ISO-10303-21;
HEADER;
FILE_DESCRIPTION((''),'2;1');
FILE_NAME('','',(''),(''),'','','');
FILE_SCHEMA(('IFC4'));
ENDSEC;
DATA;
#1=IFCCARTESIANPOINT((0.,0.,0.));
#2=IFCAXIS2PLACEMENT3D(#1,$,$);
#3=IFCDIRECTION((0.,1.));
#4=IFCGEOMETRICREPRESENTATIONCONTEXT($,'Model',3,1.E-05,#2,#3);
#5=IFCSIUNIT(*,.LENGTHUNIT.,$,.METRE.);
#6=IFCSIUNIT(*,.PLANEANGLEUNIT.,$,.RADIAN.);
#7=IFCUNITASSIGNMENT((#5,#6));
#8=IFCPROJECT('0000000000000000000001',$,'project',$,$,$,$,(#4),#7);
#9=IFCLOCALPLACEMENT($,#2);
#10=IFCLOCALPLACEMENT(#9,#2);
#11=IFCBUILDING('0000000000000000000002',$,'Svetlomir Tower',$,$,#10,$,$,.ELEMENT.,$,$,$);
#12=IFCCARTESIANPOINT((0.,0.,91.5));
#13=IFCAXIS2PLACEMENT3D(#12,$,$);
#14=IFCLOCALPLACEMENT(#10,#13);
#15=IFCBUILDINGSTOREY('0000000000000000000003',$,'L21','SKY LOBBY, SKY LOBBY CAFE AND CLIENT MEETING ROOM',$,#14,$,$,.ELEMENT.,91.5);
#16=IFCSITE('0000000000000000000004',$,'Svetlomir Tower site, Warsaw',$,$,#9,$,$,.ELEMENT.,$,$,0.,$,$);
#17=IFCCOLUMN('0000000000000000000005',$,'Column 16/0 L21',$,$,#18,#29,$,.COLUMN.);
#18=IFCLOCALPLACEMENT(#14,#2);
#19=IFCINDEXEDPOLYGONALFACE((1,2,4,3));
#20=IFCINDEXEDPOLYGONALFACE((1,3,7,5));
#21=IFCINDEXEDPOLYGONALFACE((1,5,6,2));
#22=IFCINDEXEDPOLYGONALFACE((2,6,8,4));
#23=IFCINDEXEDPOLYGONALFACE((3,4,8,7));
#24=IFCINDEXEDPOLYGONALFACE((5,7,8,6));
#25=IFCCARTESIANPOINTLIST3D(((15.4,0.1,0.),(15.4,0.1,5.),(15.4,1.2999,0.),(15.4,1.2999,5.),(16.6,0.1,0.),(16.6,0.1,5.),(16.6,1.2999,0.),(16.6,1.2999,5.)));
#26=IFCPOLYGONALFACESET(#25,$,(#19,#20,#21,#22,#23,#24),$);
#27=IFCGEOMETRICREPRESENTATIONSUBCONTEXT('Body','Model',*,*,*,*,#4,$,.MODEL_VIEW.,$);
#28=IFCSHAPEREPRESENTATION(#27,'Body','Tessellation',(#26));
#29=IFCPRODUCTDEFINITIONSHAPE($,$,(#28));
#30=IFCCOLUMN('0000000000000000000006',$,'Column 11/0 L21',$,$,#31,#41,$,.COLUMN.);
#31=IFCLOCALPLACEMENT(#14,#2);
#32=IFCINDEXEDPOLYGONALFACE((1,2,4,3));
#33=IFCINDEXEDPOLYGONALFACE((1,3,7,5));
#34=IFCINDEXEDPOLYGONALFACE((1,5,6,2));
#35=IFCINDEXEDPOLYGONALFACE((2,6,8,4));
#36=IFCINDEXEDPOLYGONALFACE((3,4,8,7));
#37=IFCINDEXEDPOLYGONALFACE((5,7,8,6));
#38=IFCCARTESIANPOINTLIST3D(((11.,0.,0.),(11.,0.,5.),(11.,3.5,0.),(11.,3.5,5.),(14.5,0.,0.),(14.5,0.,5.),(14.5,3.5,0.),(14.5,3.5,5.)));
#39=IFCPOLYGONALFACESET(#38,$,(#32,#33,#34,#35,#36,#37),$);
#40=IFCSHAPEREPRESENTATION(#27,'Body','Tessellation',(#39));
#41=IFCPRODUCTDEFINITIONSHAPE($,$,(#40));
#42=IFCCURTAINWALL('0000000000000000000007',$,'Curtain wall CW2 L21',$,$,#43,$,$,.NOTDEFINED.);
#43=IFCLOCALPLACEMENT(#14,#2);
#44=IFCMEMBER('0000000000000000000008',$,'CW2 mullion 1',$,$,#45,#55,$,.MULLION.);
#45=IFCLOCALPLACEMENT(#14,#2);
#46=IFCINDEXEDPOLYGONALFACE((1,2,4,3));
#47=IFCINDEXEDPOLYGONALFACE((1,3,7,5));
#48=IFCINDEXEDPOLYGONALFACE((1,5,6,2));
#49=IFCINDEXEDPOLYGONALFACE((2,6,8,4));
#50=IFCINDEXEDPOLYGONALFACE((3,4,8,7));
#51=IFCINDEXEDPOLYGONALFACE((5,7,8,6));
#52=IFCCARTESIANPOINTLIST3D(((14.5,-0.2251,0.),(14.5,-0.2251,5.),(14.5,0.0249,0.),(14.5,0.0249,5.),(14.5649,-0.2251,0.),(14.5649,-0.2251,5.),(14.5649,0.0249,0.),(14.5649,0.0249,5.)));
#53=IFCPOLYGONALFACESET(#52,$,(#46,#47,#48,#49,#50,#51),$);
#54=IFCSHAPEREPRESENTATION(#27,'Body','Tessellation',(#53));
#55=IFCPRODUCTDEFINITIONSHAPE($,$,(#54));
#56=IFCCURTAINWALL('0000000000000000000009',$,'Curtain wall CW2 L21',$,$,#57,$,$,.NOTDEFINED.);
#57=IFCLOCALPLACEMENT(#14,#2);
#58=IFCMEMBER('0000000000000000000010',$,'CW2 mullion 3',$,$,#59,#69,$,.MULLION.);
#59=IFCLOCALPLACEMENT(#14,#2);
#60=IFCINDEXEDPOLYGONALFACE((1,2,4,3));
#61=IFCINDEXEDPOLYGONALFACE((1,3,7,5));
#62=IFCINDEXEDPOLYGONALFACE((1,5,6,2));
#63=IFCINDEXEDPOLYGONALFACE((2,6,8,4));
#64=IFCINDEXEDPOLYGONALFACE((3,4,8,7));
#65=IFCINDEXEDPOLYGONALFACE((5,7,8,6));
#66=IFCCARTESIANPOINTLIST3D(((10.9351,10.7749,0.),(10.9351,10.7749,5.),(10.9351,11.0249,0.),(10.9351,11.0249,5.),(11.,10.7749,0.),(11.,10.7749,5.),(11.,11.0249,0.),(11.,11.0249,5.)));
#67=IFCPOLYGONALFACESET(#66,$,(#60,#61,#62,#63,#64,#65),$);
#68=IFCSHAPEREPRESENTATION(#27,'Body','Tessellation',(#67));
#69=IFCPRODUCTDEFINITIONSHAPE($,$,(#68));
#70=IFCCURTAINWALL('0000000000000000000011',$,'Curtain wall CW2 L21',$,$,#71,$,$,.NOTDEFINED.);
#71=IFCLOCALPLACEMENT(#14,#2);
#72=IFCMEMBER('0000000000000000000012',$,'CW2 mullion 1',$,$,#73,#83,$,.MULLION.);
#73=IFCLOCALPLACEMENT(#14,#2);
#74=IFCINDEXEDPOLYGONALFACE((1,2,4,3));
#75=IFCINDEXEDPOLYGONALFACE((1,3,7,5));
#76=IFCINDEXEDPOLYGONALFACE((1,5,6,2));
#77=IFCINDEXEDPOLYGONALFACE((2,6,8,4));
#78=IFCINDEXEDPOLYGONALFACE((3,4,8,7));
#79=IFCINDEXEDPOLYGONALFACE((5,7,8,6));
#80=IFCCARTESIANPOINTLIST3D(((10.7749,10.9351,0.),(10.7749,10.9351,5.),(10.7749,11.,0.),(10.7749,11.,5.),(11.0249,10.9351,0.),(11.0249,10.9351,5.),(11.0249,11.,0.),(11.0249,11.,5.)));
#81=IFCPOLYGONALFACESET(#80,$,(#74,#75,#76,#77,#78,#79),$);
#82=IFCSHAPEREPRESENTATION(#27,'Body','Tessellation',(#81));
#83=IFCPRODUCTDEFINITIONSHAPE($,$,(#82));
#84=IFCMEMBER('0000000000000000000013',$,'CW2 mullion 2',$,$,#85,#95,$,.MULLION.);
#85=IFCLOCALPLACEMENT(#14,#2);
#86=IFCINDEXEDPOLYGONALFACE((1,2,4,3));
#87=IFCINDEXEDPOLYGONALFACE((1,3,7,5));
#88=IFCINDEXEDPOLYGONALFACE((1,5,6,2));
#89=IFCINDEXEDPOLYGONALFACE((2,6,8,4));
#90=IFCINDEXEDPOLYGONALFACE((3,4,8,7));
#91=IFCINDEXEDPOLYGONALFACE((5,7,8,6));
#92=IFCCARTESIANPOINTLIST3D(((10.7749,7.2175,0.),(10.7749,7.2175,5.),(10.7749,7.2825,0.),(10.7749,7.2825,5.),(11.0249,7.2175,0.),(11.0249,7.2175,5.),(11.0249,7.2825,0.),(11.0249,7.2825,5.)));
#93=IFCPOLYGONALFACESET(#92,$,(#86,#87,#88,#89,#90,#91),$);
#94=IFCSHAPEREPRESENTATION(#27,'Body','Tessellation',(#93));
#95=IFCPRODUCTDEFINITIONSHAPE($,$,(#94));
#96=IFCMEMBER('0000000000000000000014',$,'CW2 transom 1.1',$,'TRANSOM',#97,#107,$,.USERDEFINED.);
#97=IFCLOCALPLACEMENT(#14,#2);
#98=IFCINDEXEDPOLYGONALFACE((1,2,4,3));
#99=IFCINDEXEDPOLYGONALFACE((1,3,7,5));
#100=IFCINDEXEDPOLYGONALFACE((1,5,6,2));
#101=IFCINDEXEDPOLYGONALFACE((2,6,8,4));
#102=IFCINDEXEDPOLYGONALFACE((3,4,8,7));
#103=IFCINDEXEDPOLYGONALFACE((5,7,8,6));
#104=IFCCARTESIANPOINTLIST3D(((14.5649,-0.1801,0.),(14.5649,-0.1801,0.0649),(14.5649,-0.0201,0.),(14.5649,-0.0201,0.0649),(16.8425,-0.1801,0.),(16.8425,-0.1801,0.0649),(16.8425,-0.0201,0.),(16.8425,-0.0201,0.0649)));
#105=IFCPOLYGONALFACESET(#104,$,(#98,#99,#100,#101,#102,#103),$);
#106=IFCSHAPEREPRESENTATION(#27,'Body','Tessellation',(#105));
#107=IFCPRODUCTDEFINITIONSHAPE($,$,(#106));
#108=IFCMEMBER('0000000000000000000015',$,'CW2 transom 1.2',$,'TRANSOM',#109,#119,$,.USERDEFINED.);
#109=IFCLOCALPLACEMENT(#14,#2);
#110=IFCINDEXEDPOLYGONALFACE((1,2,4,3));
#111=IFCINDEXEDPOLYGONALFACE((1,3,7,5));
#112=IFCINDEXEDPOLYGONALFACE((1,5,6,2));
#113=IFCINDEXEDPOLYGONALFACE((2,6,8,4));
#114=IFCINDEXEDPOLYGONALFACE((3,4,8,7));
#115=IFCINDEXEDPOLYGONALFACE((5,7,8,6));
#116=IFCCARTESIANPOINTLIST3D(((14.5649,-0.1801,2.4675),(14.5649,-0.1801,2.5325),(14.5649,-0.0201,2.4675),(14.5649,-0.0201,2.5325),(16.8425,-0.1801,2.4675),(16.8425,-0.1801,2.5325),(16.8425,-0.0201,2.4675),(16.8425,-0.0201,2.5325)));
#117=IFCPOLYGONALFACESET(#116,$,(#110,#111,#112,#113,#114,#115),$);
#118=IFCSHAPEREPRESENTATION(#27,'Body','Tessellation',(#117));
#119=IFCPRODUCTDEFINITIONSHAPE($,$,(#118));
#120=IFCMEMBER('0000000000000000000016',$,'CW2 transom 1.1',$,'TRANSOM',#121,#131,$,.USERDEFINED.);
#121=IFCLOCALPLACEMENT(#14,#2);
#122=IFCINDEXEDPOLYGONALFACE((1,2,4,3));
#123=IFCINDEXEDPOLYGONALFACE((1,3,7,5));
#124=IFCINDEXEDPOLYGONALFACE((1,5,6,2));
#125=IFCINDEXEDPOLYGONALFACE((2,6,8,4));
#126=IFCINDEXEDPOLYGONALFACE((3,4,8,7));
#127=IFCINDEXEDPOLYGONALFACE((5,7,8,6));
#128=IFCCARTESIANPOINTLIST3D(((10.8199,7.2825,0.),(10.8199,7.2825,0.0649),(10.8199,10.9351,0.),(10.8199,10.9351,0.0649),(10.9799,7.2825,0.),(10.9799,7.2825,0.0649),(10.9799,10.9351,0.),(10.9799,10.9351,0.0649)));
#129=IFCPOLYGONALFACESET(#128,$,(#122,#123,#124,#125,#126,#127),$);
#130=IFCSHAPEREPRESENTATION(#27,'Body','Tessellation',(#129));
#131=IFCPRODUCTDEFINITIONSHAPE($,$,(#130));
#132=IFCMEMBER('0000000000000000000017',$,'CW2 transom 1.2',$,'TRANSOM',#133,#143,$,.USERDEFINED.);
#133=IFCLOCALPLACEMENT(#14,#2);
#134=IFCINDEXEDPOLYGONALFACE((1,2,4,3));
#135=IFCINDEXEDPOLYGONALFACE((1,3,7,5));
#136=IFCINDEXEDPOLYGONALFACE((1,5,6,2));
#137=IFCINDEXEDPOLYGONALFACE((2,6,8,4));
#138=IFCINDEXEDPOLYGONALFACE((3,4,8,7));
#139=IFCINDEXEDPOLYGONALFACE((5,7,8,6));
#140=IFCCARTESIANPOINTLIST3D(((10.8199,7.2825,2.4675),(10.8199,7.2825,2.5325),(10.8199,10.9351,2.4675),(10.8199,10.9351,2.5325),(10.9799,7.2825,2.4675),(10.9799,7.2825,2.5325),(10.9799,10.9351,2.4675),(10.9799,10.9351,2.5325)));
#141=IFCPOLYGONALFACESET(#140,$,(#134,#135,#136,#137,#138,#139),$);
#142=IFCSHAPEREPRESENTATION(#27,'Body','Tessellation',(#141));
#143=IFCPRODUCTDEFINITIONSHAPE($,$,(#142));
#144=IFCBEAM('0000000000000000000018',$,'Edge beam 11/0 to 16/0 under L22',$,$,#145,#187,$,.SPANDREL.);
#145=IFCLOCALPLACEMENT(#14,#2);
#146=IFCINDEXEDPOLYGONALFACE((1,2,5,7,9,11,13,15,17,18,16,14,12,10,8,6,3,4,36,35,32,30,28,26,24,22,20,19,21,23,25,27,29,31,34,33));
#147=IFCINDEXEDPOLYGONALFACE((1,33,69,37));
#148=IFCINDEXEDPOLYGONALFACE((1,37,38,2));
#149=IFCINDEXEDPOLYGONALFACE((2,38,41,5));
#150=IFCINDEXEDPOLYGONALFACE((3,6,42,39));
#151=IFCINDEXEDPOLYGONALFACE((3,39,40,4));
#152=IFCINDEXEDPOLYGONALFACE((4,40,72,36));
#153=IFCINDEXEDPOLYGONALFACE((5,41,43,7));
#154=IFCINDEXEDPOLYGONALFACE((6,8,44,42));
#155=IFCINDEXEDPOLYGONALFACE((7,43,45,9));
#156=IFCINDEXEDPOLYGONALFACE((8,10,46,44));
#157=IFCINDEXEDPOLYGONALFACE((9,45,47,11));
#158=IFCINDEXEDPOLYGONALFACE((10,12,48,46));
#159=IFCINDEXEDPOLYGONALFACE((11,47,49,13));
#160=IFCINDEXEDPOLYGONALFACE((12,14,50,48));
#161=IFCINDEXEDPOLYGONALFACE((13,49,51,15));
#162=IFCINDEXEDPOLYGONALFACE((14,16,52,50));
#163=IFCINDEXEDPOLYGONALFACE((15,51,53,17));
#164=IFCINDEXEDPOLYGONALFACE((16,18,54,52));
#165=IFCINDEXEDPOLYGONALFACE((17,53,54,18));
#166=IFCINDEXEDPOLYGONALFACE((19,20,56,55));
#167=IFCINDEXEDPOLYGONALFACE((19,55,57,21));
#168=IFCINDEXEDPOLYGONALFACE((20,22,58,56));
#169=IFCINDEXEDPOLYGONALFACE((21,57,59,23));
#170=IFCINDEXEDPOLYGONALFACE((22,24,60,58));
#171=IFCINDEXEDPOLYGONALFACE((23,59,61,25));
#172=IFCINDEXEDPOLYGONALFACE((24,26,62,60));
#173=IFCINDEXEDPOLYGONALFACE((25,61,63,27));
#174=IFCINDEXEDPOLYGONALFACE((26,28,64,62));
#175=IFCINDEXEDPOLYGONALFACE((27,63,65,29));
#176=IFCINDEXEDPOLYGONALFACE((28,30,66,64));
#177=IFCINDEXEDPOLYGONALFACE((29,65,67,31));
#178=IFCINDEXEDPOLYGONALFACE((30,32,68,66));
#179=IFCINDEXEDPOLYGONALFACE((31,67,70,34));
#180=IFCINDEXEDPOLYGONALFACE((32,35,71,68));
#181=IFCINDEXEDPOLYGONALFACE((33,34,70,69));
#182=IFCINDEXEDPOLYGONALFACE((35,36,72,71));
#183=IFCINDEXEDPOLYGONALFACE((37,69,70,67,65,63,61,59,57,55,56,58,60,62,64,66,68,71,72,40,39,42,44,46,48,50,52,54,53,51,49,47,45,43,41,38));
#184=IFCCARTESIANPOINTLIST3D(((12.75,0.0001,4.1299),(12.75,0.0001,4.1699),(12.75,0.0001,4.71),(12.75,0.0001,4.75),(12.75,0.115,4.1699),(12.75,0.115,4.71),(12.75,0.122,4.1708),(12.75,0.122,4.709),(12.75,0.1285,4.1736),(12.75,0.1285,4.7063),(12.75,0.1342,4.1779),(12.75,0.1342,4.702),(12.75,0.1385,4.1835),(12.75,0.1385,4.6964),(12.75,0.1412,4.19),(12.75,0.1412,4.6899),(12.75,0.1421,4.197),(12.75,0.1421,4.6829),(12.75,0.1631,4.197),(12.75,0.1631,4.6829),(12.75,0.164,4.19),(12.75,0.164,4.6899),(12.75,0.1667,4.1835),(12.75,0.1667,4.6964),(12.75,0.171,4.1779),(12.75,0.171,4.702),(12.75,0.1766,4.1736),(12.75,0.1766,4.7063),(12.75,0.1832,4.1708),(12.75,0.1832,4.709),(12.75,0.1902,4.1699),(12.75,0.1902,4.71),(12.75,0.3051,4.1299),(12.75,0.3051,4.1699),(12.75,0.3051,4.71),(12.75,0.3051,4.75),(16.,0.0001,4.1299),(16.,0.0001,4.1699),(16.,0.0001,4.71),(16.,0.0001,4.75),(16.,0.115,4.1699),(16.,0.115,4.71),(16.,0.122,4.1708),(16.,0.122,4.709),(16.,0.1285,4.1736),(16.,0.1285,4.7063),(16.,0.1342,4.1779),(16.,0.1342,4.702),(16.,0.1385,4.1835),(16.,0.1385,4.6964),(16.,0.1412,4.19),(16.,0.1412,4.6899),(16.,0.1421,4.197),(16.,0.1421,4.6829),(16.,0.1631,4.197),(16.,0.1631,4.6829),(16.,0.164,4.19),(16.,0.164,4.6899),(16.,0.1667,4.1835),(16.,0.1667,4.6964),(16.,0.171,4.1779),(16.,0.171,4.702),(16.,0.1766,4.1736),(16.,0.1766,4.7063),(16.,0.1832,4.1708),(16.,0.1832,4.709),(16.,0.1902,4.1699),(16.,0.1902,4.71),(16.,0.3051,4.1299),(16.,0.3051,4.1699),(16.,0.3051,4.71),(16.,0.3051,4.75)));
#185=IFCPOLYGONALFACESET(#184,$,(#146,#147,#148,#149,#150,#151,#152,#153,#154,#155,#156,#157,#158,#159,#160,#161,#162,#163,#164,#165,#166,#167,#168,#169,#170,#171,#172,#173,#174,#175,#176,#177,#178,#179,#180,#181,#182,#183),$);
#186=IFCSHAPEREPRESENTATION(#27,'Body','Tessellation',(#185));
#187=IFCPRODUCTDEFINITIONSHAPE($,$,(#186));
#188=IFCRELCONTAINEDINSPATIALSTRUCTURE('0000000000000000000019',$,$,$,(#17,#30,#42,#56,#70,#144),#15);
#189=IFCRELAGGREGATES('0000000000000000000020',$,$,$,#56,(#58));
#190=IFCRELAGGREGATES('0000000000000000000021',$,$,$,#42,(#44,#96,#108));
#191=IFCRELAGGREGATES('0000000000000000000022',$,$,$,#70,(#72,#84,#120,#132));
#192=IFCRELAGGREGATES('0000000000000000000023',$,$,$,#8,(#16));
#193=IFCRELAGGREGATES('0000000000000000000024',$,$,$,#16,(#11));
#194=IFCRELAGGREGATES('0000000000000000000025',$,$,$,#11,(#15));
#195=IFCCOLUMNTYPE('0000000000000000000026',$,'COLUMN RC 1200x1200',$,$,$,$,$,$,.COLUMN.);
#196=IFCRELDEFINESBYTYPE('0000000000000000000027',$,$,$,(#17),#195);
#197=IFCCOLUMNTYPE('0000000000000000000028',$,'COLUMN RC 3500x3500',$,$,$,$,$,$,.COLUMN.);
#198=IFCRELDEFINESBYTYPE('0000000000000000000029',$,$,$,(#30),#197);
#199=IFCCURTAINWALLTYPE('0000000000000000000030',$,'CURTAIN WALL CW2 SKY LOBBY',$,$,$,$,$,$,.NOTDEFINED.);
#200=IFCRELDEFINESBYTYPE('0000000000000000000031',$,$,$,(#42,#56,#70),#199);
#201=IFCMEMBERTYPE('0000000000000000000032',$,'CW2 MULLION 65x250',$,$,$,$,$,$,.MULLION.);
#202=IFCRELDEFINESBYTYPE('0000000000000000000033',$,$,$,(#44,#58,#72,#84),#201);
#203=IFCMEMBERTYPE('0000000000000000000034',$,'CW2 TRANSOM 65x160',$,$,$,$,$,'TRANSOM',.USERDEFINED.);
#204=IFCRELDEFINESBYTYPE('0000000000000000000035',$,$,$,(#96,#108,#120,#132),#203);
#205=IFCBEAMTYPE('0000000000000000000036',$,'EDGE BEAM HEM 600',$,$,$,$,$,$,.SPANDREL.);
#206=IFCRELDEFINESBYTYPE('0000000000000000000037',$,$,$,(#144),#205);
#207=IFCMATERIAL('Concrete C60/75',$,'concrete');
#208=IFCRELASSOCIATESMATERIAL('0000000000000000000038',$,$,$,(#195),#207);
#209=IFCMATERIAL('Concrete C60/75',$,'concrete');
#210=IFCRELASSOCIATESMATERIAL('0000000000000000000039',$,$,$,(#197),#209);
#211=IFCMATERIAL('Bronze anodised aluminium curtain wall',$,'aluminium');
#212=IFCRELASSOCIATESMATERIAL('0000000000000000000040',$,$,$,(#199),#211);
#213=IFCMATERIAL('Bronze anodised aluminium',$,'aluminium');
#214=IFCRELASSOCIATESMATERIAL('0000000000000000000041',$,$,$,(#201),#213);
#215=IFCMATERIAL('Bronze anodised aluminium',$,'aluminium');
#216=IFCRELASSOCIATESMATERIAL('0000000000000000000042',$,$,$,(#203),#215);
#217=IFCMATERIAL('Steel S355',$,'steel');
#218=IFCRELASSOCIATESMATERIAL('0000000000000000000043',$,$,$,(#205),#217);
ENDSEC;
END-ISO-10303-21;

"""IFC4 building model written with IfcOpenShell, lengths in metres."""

from ifc_helpers import new_model, si_unit, direction, frame, origin, origin_2d, place, context, subcontext, project, spatial, rectangle, i_section, extrude, material, material_profile, profile_set, type_object, element, aggregate, save


model = new_model("IFC4")

# Units and contexts
model_context = context("Model", 3, precision=1e-05, world=origin(), true_north=direction((0.0, 1.0)))
body_context = subcontext(model_context, "Body", "Model", "MODEL_VIEW")
ifc_project = project(units=[si_unit("LENGTHUNIT", "METRE"), si_unit("PLANEANGLEUNIT", "RADIAN")], contexts=[model_context])

# Site, building, storey
site_placement = place(None, origin())
site = spatial("IfcSite", under=ifc_project, at=site_placement, Name="Svetlomir Tower site, Warsaw", CompositionType="ELEMENT", RefElevation=0.0)
building_placement = place(site_placement, origin())
building = spatial("IfcBuilding", under=site, at=building_placement, Name="Svetlomir Tower", CompositionType="ELEMENT")
storey_placement = place(building_placement, frame((0.0, 0.0, 91.5)))
storey = spatial("IfcBuildingStorey", under=building, at=storey_placement, Name="L21", Description="SKY LOBBY, SKY LOBBY CAFE AND CLIENT MEETING ROOM", CompositionType="ELEMENT", Elevation=91.5)

# Columns
ifc_material_1 = material(Name="Concrete C60/75", Category="concrete")
ifc_material_profile_1 = material_profile(ifc_material_1, rectangle(XDim=1.2, YDim=1.2, at=origin_2d()), Name="RC 1200x1200")
ifc_profile_set_1 = profile_set([ifc_material_profile_1], Name="Concrete C60/75")
column_type_1 = type_object("IfcColumnType", Name="COLUMN RC 1200x1200", PredefinedType="COLUMN", material=ifc_profile_set_1)
column_1_placement = place(storey_placement, frame((16.0, 0.7, 0.0), z_axis=(0.0, 0.0, 1.0), x_axis=(1.0, 0.0, 0.0)))
element("IfcColumn", 1, at=column_1_placement, inside=storey, type_object=column_type_1, Name="Column 16/0 L21", PredefinedType="COLUMN", context=body_context, shape_type="SweptSolid", body=[
    extrude(rectangle(XDim=1.2, YDim=1.2, at=origin_2d()), origin(), (0.0, 0.0, 1.0), 5.0),
])
ifc_material_2 = material(Name="Concrete C60/75", Category="concrete")
ifc_material_profile_2 = material_profile(ifc_material_2, rectangle(XDim=3.5, YDim=3.5, at=origin_2d()), Name="RC 3500x3500")
ifc_profile_set_2 = profile_set([ifc_material_profile_2], Name="Concrete C60/75")
column_type_2 = type_object("IfcColumnType", Name="COLUMN RC 3500x3500", PredefinedType="COLUMN", material=ifc_profile_set_2)
column_2_placement = place(storey_placement, frame((12.75, 1.75, 0.0), z_axis=(0.0, 0.0, 1.0), x_axis=(1.0, 0.0, 0.0)))
element("IfcColumn", 2, at=column_2_placement, inside=storey, type_object=column_type_2, Name="Column 11/0 L21", PredefinedType="COLUMN", context=body_context, shape_type="SweptSolid", body=[
    extrude(rectangle(XDim=3.5, YDim=3.5, at=origin_2d()), origin(), (0.0, 0.0, 1.0), 5.0),
])

# Curtain walls, members
ifc_material_3 = material(Name="Bronze anodised aluminium curtain wall", Category="aluminium")
curtain_wall_type = type_object("IfcCurtainWallType", Name="CURTAIN WALL CW2 SKY LOBBY", PredefinedType="NOTDEFINED", material=ifc_material_3)
curtain_wall_1_placement = place(storey_placement, origin())
curtain_wall_1 = element("IfcCurtainWall", 3, at=curtain_wall_1_placement, inside=storey, type_object=curtain_wall_type, Name="Curtain wall CW2 L21", PredefinedType="NOTDEFINED")
ifc_material_4 = material(Name="Bronze anodised aluminium", Category="aluminium")
ifc_material_profile_3 = material_profile(ifc_material_4, rectangle(XDim=0.0649, YDim=0.25, at=origin_2d()), Name="AL 65x250")
ifc_profile_set_3 = profile_set([ifc_material_profile_3], Name="Bronze anodised aluminium 6063-T6")
member_type_1 = type_object("IfcMemberType", Name="CW2 MULLION 65x250", PredefinedType="MULLION", material=ifc_profile_set_3)
member_1_placement = place(storey_placement, frame((14.5325, -0.1001, 0.0), z_axis=(0.0, 0.0, 1.0), x_axis=(1.0, 0.0, 0.0)))
member_1 = element("IfcMember", 4, at=member_1_placement, type_object=member_type_1, Name="CW2 mullion 1", PredefinedType="MULLION", context=body_context, shape_type="SweptSolid", body=[
    extrude(rectangle(XDim=0.0649, YDim=0.25, at=origin_2d()), origin(), (0.0, 0.0, 1.0), 5.0),
])
curtain_wall_2_placement = place(storey_placement, origin())
curtain_wall_2 = element("IfcCurtainWall", 5, at=curtain_wall_2_placement, inside=storey, type_object=curtain_wall_type, Name="Curtain wall CW2 L21", PredefinedType="NOTDEFINED")
member_2_placement = place(storey_placement, frame((10.9675, 10.8999, 0.0), z_axis=(0.0, 0.0, 1.0), x_axis=(1.0, 0.0, 0.0)))
member_2 = element("IfcMember", 6, at=member_2_placement, type_object=member_type_1, Name="CW2 mullion 3", PredefinedType="MULLION", context=body_context, shape_type="SweptSolid", body=[
    extrude(rectangle(XDim=0.0649, YDim=0.25, at=origin_2d()), origin(), (0.0, 0.0, 1.0), 5.0),
])
aggregate(curtain_wall_2, [member_2])

# Curtain wall, members
curtain_wall_3_placement = place(storey_placement, origin())
curtain_wall_3 = element("IfcCurtainWall", 7, at=curtain_wall_3_placement, inside=storey, type_object=curtain_wall_type, Name="Curtain wall CW2 L21", PredefinedType="NOTDEFINED")
member_3_placement = place(storey_placement, frame((10.8999, 10.9675, 0.0), z_axis=(0.0, 0.0, 1.0), x_axis=(0.0, -1.0, 0.0)))
member_3 = element("IfcMember", 8, at=member_3_placement, type_object=member_type_1, Name="CW2 mullion 1", PredefinedType="MULLION", context=body_context, shape_type="SweptSolid", body=[
    extrude(rectangle(XDim=0.0649, YDim=0.25, at=origin_2d()), origin(), (0.0, 0.0, 1.0), 5.0),
])
member_4_placement = place(storey_placement, frame((10.8999, 7.25, 0.0), z_axis=(0.0, 0.0, 1.0), x_axis=(0.0, -1.0, 0.0)))
member_4 = element("IfcMember", 9, at=member_4_placement, type_object=member_type_1, Name="CW2 mullion 2", PredefinedType="MULLION", context=body_context, shape_type="SweptSolid", body=[
    extrude(rectangle(XDim=0.0649, YDim=0.25, at=origin_2d()), origin(), (0.0, 0.0, 1.0), 5.0),
])

# Members
ifc_material_5 = material(Name="Bronze anodised aluminium", Category="aluminium")
ifc_material_profile_4 = material_profile(ifc_material_5, rectangle(XDim=0.1599, YDim=0.0649, at=origin_2d()), Name="AL 160x65")
ifc_profile_set_4 = profile_set([ifc_material_profile_4], Name="Bronze anodised aluminium 6063-T6")
member_type_2 = type_object("IfcMemberType", Name="CW2 TRANSOM 65x160", ElementType="TRANSOM", PredefinedType="USERDEFINED", material=ifc_profile_set_4)
member_5_placement = place(storey_placement, frame((14.5649, -0.1001, 0.0325), z_axis=(1.0, 0.0, 0.0), x_axis=(0.0, 1.0, 0.0)))
member_5 = element("IfcMember", 10, at=member_5_placement, type_object=member_type_2, Name="CW2 transom 1.1", ObjectType="TRANSOM", PredefinedType="USERDEFINED", context=body_context, shape_type="SweptSolid", body=[
    extrude(rectangle(XDim=0.1599, YDim=0.0649, at=origin_2d()), origin(), (0.0, 0.0, 1.0), 2.2776),
])
member_6_placement = place(storey_placement, frame((14.5649, -0.1001, 2.5), z_axis=(1.0, 0.0, 0.0), x_axis=(0.0, 1.0, 0.0)))
member_6 = element("IfcMember", 11, at=member_6_placement, type_object=member_type_2, Name="CW2 transom 1.2", ObjectType="TRANSOM", PredefinedType="USERDEFINED", context=body_context, shape_type="SweptSolid", body=[
    extrude(rectangle(XDim=0.1599, YDim=0.0649, at=origin_2d()), origin(), (0.0, 0.0, 1.0), 2.2776),
])
member_7_placement = place(storey_placement, frame((10.8999, 10.9351, 0.0325), z_axis=(0.0, -1.0, 0.0), x_axis=(1.0, 0.0, 0.0)))
member_7 = element("IfcMember", 12, at=member_7_placement, type_object=member_type_2, Name="CW2 transom 1.1", ObjectType="TRANSOM", PredefinedType="USERDEFINED", context=body_context, shape_type="SweptSolid", body=[
    extrude(rectangle(XDim=0.1599, YDim=0.0649, at=origin_2d()), origin(), (0.0, 0.0, 1.0), 3.6526),
])
member_8_placement = place(storey_placement, frame((10.8999, 10.9351, 2.5), z_axis=(0.0, -1.0, 0.0), x_axis=(1.0, 0.0, 0.0)))
member_8 = element("IfcMember", 13, at=member_8_placement, type_object=member_type_2, Name="CW2 transom 1.2", ObjectType="TRANSOM", PredefinedType="USERDEFINED", context=body_context, shape_type="SweptSolid", body=[
    extrude(rectangle(XDim=0.1599, YDim=0.0649, at=origin_2d()), origin(), (0.0, 0.0, 1.0), 3.6526),
])

# Beam
ifc_material_6 = material(Name="Steel S355", Category="steel")
ifc_material_profile_5 = material_profile(ifc_material_6, i_section(OverallWidth=0.3049, OverallDepth=0.6201, WebThickness=0.021, FlangeThickness=0.04, FilletRadius=0.0271, at=origin_2d()), Name="HEM 600")
ifc_profile_set_5 = profile_set([ifc_material_profile_5], Name="Steel S355")
beam_type = type_object("IfcBeamType", Name="EDGE BEAM HEM 600", PredefinedType="SPANDREL", material=ifc_profile_set_5)
beam_1_placement = place(storey_placement, frame((12.75, 0.1526, 4.4399), z_axis=(1.0, 0.0, 0.0), x_axis=(0.0, 1.0, 0.0)))
element("IfcBeam", 14, at=beam_1_placement, inside=storey, type_object=beam_type, Name="Edge beam 11/0 to 16/0 under L22", PredefinedType="SPANDREL", context=body_context, shape_type="SweptSolid", body=[
    extrude(i_section(OverallWidth=0.3049, OverallDepth=0.6201, WebThickness=0.021, FlangeThickness=0.04, FilletRadius=0.0271, at=origin_2d()), origin(), (0.0, 0.0, 1.0), 3.25),
])

aggregate(curtain_wall_1, [member_1, member_5, member_6])
aggregate(curtain_wall_3, [member_3, member_4, member_7, member_8])

save(model, "model.ifc")
